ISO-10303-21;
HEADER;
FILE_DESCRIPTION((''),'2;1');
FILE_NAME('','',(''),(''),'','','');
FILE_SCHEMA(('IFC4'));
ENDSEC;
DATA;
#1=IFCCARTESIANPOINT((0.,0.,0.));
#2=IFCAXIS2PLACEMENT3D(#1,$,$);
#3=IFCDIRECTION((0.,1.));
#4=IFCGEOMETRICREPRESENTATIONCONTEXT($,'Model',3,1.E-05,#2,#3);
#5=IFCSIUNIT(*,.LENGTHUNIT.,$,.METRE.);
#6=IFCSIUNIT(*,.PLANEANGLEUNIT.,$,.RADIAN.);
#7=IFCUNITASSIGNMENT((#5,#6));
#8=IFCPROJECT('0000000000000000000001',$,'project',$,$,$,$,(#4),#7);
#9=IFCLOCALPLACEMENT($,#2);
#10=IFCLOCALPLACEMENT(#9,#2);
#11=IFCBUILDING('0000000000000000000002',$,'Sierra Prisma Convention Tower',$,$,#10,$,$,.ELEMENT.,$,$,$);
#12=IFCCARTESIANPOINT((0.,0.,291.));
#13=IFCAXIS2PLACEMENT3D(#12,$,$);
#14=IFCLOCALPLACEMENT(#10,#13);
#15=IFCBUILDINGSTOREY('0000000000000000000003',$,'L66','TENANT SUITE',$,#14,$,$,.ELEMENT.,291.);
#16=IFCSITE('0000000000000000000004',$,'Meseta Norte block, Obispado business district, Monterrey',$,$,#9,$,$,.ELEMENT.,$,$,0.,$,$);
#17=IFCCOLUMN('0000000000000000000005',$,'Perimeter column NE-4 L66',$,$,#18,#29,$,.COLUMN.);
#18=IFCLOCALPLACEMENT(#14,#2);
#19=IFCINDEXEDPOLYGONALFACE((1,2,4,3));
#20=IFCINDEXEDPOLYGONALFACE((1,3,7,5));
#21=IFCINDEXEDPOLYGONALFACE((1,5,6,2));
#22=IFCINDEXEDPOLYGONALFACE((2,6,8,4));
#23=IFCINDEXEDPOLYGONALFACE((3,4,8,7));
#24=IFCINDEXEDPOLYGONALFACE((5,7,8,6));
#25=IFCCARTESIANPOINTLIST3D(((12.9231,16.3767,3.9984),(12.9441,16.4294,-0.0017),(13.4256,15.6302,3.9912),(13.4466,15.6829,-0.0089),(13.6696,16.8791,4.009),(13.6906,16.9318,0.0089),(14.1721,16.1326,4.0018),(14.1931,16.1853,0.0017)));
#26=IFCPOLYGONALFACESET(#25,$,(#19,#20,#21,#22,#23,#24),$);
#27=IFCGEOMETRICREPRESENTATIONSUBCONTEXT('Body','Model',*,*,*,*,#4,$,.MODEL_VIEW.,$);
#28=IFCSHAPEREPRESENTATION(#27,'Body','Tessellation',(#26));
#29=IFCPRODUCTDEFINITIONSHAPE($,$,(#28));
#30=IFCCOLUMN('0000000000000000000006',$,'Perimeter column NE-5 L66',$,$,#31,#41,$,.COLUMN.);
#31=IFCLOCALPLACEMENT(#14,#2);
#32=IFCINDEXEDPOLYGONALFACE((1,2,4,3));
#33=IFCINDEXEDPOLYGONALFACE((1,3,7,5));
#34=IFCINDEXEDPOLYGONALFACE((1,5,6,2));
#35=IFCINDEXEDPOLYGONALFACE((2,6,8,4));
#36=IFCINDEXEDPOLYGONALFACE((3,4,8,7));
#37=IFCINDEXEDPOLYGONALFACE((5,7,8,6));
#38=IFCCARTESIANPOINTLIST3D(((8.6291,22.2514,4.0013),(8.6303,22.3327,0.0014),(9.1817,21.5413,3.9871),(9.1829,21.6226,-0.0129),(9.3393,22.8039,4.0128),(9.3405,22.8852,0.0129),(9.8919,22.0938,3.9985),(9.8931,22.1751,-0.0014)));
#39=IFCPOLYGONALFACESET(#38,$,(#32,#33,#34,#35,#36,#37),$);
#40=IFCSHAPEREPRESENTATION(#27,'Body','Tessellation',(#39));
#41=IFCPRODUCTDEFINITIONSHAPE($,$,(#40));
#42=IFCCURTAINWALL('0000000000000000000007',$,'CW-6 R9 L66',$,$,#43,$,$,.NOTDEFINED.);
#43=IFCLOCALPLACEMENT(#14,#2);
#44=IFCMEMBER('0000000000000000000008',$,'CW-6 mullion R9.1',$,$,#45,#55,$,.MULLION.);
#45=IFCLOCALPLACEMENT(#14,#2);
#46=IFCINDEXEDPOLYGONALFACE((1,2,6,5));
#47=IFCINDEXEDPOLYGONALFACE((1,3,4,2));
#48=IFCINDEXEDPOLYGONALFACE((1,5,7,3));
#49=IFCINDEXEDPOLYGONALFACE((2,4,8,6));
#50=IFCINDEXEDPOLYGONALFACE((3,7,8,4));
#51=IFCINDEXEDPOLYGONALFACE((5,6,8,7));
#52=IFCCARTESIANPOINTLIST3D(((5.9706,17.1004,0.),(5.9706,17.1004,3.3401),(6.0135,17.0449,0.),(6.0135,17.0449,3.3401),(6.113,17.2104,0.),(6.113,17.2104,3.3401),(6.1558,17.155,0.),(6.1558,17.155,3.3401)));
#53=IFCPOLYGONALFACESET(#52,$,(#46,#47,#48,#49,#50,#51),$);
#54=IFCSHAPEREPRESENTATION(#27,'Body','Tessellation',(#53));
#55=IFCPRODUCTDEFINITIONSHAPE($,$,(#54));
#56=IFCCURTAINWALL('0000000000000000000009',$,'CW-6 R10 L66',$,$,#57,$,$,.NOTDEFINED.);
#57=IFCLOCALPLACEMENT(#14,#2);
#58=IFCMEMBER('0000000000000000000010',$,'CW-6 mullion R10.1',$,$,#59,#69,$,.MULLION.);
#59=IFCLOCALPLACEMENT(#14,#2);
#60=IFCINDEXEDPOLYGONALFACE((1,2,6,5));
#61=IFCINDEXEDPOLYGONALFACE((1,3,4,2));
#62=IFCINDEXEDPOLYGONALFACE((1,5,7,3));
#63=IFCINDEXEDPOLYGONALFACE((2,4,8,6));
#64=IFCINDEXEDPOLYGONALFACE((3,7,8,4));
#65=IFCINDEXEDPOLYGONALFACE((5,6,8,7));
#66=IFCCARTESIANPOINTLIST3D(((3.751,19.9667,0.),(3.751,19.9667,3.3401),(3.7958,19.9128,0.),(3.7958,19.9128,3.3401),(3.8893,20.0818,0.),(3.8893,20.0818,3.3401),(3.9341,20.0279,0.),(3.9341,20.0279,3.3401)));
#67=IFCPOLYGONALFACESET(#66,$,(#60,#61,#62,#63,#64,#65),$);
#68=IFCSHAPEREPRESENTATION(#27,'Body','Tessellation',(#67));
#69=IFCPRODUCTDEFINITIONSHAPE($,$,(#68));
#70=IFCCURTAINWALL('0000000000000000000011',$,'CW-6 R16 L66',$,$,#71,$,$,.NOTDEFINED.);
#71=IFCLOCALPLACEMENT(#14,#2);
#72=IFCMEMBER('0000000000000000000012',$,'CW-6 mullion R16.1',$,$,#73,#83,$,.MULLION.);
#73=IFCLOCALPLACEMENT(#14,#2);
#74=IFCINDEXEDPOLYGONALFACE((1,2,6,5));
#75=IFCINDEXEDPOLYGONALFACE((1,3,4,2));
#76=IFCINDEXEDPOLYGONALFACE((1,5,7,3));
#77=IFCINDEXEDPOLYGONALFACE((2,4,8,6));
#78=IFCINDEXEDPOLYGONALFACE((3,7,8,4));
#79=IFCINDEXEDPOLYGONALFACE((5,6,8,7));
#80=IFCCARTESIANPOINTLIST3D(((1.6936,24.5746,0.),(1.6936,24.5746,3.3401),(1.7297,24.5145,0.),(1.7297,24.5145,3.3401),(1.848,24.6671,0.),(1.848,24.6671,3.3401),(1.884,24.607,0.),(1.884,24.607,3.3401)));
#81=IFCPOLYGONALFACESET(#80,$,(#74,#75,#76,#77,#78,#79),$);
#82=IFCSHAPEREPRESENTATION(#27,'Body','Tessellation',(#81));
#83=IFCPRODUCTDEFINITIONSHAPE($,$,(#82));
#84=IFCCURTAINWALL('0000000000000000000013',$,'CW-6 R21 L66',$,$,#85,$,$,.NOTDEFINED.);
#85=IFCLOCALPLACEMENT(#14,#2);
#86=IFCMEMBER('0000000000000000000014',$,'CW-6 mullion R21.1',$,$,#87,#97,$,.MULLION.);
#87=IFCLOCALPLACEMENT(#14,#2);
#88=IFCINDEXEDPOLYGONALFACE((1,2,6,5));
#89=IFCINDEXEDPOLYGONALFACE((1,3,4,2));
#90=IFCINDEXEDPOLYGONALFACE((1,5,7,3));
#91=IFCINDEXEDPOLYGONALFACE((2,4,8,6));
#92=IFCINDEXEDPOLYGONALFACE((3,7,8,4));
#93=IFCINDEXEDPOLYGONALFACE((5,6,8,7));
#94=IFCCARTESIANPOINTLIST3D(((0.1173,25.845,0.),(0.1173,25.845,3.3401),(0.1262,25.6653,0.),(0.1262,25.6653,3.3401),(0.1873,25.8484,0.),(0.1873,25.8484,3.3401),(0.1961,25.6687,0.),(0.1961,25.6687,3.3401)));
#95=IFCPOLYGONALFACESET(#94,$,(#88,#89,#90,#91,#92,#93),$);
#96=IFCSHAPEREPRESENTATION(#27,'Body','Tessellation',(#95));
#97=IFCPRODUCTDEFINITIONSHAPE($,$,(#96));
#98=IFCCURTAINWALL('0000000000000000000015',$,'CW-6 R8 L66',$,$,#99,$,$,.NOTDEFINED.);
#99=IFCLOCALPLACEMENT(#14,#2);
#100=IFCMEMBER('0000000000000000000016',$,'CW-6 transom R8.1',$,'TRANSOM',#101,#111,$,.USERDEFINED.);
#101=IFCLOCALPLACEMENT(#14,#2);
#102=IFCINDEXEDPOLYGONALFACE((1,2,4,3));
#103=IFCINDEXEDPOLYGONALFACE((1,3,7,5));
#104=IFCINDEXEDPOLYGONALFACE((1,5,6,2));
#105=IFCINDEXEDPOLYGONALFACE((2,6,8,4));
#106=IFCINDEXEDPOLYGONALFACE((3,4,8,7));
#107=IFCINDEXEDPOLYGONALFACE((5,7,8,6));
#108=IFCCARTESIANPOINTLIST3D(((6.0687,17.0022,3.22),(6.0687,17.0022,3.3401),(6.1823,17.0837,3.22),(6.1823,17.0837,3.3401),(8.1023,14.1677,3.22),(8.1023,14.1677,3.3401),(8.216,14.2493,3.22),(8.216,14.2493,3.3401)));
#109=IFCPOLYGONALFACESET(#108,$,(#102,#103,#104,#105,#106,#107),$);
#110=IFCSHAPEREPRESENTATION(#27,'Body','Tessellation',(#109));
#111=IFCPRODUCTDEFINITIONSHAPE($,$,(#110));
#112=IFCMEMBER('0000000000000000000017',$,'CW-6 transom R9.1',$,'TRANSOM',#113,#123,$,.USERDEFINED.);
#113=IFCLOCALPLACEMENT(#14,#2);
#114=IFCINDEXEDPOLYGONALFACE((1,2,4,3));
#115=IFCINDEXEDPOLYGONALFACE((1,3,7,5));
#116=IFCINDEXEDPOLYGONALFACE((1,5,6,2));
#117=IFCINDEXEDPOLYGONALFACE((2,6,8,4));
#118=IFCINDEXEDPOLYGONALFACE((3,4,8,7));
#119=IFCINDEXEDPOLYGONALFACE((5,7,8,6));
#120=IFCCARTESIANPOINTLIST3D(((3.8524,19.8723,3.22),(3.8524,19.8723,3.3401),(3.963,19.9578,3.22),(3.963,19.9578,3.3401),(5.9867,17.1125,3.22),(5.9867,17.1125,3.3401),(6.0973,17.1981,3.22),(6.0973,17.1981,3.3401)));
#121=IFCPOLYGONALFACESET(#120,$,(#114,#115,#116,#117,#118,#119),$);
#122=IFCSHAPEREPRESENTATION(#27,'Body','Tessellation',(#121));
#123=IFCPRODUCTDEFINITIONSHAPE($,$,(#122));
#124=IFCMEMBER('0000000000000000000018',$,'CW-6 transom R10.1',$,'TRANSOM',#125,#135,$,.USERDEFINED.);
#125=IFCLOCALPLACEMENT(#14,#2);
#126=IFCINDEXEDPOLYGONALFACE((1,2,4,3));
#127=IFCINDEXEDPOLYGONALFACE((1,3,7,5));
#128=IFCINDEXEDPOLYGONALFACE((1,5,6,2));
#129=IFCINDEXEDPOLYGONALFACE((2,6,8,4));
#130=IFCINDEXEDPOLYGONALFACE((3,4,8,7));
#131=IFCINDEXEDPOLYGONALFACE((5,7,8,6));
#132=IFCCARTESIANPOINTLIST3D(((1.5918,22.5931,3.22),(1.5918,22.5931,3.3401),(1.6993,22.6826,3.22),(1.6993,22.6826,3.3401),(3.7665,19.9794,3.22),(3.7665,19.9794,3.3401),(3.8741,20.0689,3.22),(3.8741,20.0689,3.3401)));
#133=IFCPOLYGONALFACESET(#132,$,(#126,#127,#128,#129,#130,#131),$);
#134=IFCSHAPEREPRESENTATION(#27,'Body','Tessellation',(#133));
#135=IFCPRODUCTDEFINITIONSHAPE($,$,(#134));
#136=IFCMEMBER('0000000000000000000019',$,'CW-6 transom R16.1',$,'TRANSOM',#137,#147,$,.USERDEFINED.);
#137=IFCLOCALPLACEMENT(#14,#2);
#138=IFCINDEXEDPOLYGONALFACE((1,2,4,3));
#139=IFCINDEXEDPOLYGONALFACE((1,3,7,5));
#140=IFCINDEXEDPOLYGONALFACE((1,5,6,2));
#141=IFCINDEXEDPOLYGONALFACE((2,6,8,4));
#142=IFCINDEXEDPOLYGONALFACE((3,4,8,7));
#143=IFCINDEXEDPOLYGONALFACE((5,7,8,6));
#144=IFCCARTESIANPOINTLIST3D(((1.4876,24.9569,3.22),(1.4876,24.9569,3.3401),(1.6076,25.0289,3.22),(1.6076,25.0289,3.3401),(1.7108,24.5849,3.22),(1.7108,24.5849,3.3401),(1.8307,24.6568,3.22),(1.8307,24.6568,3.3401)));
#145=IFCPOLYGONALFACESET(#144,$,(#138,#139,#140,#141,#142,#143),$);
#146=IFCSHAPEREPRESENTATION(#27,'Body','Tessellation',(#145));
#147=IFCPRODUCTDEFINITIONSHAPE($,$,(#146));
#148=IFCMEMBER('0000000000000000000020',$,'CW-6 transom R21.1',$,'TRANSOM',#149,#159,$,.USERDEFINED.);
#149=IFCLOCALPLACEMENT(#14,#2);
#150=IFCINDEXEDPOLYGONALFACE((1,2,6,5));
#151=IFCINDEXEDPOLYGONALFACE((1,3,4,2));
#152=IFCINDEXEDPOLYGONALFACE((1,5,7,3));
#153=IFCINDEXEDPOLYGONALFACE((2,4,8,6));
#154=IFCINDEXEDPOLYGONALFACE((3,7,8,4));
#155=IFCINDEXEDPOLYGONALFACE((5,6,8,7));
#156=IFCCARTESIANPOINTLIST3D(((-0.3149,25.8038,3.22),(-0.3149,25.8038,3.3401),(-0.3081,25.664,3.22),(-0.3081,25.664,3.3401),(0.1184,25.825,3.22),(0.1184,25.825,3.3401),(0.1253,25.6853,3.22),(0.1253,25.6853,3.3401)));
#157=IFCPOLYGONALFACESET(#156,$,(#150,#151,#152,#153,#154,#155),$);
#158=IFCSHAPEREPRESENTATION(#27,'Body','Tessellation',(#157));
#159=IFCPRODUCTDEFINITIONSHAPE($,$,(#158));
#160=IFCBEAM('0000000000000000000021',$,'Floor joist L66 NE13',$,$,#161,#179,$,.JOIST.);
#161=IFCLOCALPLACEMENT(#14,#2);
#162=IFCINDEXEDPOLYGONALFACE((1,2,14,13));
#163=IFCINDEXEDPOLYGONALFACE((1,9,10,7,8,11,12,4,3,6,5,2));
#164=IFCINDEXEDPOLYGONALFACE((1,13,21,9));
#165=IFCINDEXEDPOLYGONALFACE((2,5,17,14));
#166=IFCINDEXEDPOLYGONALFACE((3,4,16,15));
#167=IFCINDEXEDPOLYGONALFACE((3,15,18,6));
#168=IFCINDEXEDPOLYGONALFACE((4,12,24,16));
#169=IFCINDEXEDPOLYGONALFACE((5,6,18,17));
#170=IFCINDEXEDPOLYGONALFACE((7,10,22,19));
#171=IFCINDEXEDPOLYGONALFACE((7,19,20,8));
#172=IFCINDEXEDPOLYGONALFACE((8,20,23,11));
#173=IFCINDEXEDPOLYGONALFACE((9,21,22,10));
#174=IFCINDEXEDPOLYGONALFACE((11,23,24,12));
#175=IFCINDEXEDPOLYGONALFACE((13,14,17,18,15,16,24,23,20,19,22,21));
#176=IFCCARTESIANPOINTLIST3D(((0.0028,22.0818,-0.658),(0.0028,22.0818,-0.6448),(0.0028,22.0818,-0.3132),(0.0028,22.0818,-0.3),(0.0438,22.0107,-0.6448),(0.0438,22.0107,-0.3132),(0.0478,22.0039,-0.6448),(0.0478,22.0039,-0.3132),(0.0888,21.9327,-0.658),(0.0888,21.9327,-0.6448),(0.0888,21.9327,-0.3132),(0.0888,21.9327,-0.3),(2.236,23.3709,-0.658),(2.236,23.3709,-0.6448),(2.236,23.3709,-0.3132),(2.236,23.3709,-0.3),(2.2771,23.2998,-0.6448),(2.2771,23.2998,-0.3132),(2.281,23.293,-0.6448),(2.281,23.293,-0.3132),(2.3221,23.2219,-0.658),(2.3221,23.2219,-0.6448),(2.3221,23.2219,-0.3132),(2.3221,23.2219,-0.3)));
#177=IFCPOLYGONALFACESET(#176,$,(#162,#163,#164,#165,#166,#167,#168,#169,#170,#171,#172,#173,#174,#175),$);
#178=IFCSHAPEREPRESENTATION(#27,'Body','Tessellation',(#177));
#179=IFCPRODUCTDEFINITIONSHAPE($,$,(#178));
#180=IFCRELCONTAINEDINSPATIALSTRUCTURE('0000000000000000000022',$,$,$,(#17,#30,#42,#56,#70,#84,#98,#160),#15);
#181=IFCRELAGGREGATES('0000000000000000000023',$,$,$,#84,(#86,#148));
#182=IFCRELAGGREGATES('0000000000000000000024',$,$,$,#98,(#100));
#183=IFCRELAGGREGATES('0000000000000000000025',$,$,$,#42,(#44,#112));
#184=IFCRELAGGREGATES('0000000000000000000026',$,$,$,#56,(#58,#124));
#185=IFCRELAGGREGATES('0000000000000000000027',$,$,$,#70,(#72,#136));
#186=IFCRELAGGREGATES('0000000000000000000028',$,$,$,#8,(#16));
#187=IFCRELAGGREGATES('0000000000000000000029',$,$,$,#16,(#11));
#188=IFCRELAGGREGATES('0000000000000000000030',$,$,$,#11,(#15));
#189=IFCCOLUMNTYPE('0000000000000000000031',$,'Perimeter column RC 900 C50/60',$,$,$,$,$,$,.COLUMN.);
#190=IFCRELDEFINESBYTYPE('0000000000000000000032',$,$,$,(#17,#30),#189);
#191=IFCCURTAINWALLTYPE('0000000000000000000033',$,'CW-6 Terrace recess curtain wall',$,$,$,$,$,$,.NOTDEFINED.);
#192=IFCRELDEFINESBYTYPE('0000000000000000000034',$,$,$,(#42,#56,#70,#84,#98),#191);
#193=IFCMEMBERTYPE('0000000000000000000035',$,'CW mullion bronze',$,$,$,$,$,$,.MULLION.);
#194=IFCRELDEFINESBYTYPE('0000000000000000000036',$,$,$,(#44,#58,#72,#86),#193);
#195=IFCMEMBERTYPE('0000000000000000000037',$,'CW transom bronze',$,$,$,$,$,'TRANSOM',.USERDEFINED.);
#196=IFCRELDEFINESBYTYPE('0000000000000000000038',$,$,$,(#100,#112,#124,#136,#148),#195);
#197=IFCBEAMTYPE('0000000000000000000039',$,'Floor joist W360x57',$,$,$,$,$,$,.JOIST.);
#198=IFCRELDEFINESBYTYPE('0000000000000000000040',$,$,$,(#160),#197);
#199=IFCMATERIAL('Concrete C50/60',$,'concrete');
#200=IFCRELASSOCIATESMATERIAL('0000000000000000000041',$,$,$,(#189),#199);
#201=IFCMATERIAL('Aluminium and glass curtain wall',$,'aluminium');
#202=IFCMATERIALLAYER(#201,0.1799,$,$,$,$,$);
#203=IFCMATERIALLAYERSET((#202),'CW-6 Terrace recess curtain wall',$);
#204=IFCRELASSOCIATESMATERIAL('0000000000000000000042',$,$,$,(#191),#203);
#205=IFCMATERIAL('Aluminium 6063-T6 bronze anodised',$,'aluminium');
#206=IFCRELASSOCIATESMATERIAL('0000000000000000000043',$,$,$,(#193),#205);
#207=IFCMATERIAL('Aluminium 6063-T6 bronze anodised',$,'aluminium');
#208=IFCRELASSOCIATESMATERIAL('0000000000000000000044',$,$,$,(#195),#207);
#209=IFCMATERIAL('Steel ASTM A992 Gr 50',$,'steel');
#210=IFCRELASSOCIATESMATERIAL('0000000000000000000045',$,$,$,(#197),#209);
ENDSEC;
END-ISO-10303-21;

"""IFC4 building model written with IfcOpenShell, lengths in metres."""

from ifc_helpers import new_model, si_unit, direction, frame, origin, origin_2d, place, context, subcontext, project, spatial, rectangle, i_section, extrude, material, layer, layer_set, material_profile, profile_set, type_object, element, aggregate, save


model = new_model("IFC4")

# Units and contexts
model_context = context("Model", 3, precision=1e-05, world=origin(), true_north=direction((0.0, 1.0)))
body_context = subcontext(model_context, "Body", "Model", "MODEL_VIEW")
ifc_project = project(units=[si_unit("LENGTHUNIT", "METRE"), si_unit("PLANEANGLEUNIT", "RADIAN")], contexts=[model_context])

# Site, building, storey
site_placement = place(None, origin())
site = spatial("IfcSite", under=ifc_project, at=site_placement, Name="Meseta Norte block, Obispado business district, Monterrey", CompositionType="ELEMENT", RefElevation=0.0)
building_placement = place(site_placement, origin())
building = spatial("IfcBuilding", under=site, at=building_placement, Name="Sierra Prisma Convention Tower", CompositionType="ELEMENT")
storey_placement = place(building_placement, frame((0.0, 0.0, 291.0)))
storey = spatial("IfcBuildingStorey", under=building, at=storey_placement, Name="L66", Description="TENANT SUITE", CompositionType="ELEMENT", Elevation=291.0)

# Columns
ifc_material_1 = material(Name="Concrete C50/60", Category="concrete")
ifc_material_profile_1 = material_profile(ifc_material_1, rectangle(XDim=0.8999, YDim=0.8999, at=origin_2d()), Name="Perimeter column RC 900 C50/60")
ifc_profile_set_1 = profile_set([ifc_material_profile_1], Name="Concrete C50/60")
column_type = type_object("IfcColumnType", Name="Perimeter column RC 900 C50/60", PredefinedType="COLUMN", material=ifc_profile_set_1)
column_1_placement = place(storey_placement, frame((13.5686, 16.3074, 0.0), z_axis=(-0.005248, -0.013182, 0.999899), x_axis=(-0.558367, 0.829555, 0.008006)))
element("IfcColumn", 1, at=column_1_placement, inside=storey, type_object=column_type, Name="Perimeter column NE-4 L66", PredefinedType="COLUMN", context=body_context, shape_type="SweptSolid", body=[
    extrude(rectangle(XDim=0.8999, YDim=0.8999, at=origin_2d()), origin(), (0.0, 0.0, 1.0), 4.0005),
])
column_2_placement = place(storey_placement, frame((9.2617, 22.2539, 0.0), z_axis=(-0.000305, -0.020321, 0.999793), x_axis=(-0.614107, 0.789063, 0.01585)))
element("IfcColumn", 2, at=column_2_placement, inside=storey, type_object=column_type, Name="Perimeter column NE-5 L66", PredefinedType="COLUMN", context=body_context, shape_type="SweptSolid", body=[
    extrude(rectangle(XDim=0.8999, YDim=0.8999, at=origin_2d()), origin(), (0.0, 0.0, 1.0), 4.0007),
])

# Curtain walls, members
ifc_material_2 = material(Name="Aluminium and glass curtain wall", Category="aluminium")
ifc_layer_1 = layer(ifc_material_2, 0.1799)
ifc_layer_set_1 = layer_set([ifc_layer_1], Name="CW-6 Terrace recess curtain wall")
curtain_wall_type = type_object("IfcCurtainWallType", Name="CW-6 Terrace recess curtain wall", PredefinedType="NOTDEFINED", material=ifc_layer_set_1)
curtain_wall_1_placement = place(storey_placement, origin())
curtain_wall_1 = element("IfcCurtainWall", 3, at=curtain_wall_1_placement, inside=storey, type_object=curtain_wall_type, Name="CW-6 R9 L66", PredefinedType="NOTDEFINED")
ifc_material_3 = material(Name="Aluminium 6063-T6 bronze anodised", Category="aluminium")
ifc_material_profile_2 = material_profile(ifc_material_3, rectangle(XDim=0.1799, YDim=0.0701, at=origin_2d()), Name="ALU MULLION 70x180")
ifc_profile_set_2 = profile_set([ifc_material_profile_2], Name="Aluminium 6063-T6 bronze anodised")
member_type_1 = type_object("IfcMemberType", Name="CW mullion bronze", PredefinedType="MULLION", material=ifc_profile_set_2)
member_1_placement = place(storey_placement, frame((6.0632, 17.1277, 0.0), z_axis=(0.0, 0.0, 1.0), x_axis=(-0.791057, -0.611743, 0.0)))
member_1 = element("IfcMember", 4, at=member_1_placement, type_object=member_type_1, Name="CW-6 mullion R9.1", PredefinedType="MULLION", context=body_context, shape_type="SweptSolid", body=[
    extrude(rectangle(XDim=0.1799, YDim=0.0701, at=origin_2d()), origin(), (0.0, 0.0, 1.0), 3.3401),
])
curtain_wall_2_placement = place(storey_placement, origin())
curtain_wall_2 = element("IfcCurtainWall", 5, at=curtain_wall_2_placement, inside=storey, type_object=curtain_wall_type, Name="CW-6 R10 L66", PredefinedType="NOTDEFINED")
member_2_placement = place(storey_placement, frame((3.8425, 19.9973, 0.0), z_axis=(0.0, 0.0, 1.0), x_axis=(-0.768727, -0.639577, 0.0)))
member_2 = element("IfcMember", 6, at=member_2_placement, type_object=member_type_1, Name="CW-6 mullion R10.1", PredefinedType="MULLION", context=body_context, shape_type="SweptSolid", body=[
    extrude(rectangle(XDim=0.1799, YDim=0.0701, at=origin_2d()), origin(), (0.0, 0.0, 1.0), 3.3401),
])
curtain_wall_3_placement = place(storey_placement, origin())
curtain_wall_3 = element("IfcCurtainWall", 7, at=curtain_wall_3_placement, inside=storey, type_object=curtain_wall_type, Name="CW-6 R16 L66", PredefinedType="NOTDEFINED")
member_3_placement = place(storey_placement, frame((1.7888, 24.5908, 0.0), z_axis=(0.0, 0.0, 1.0), x_axis=(-0.857729, -0.514103, 0.0)))
member_3 = element("IfcMember", 8, at=member_3_placement, type_object=member_type_1, Name="CW-6 mullion R16.1", PredefinedType="MULLION", context=body_context, shape_type="SweptSolid", body=[
    extrude(rectangle(XDim=0.1799, YDim=0.0701, at=origin_2d()), origin(), (0.0, 0.0, 1.0), 3.3401),
])
curtain_wall_4_placement = place(storey_placement, origin())
curtain_wall_4 = element("IfcCurtainWall", 9, at=curtain_wall_4_placement, inside=storey, type_object=curtain_wall_type, Name="CW-6 R21 L66", PredefinedType="NOTDEFINED")
member_4_placement = place(storey_placement, frame((0.1567, 25.7568, 0.0), z_axis=(0.0, 0.0, 1.0), x_axis=(0.049068, -0.998795, 0.0)))
member_4 = element("IfcMember", 10, at=member_4_placement, type_object=member_type_1, Name="CW-6 mullion R21.1", PredefinedType="MULLION", context=body_context, shape_type="SweptSolid", body=[
    extrude(rectangle(XDim=0.1799, YDim=0.0701, at=origin_2d()), origin(), (0.0, 0.0, 1.0), 3.3401),
])
curtain_wall_5_placement = place(storey_placement, origin())
curtain_wall_5 = element("IfcCurtainWall", 11, at=curtain_wall_5_placement, inside=storey, type_object=curtain_wall_type, Name="CW-6 R8 L66", PredefinedType="NOTDEFINED")
ifc_material_4 = material(Name="Aluminium 6063-T6 bronze anodised", Category="aluminium")
ifc_material_profile_3 = material_profile(ifc_material_4, rectangle(XDim=0.1399, YDim=0.1201, at=origin_2d()), Name="ALU TRANSOM 120x140")
ifc_profile_set_3 = profile_set([ifc_material_profile_3], Name="Aluminium 6063-T6 bronze anodised")
member_type_2 = type_object("IfcMemberType", Name="CW transom bronze", ElementType="TRANSOM", PredefinedType="USERDEFINED", material=ifc_profile_set_3)
member_5_placement = place(storey_placement, frame((8.1592, 14.2085, 3.28), z_axis=(-0.582958, 0.812502, 0.0), x_axis=(-0.812502, -0.582958, 0.0)))
member_5 = element("IfcMember", 12, at=member_5_placement, type_object=member_type_2, Name="CW-6 transom R8.1", ObjectType="TRANSOM", PredefinedType="USERDEFINED", context=body_context, shape_type="SweptSolid", body=[
    extrude(rectangle(XDim=0.1399, YDim=0.1201, at=origin_2d()), origin(), (0.0, 0.0, 1.0), 3.4885),
])

# Members
member_6_placement = place(storey_placement, frame((6.042, 17.1553, 3.28), z_axis=(-0.611758, 0.791045, 0.0), x_axis=(-0.791045, -0.611758, 0.0)))
member_6 = element("IfcMember", 13, at=member_6_placement, type_object=member_type_2, Name="CW-6 transom R9.1", ObjectType="TRANSOM", PredefinedType="USERDEFINED", context=body_context, shape_type="SweptSolid", body=[
    extrude(rectangle(XDim=0.1399, YDim=0.1201, at=origin_2d()), origin(), (0.0, 0.0, 1.0), 3.4888),
])
member_7_placement = place(storey_placement, frame((3.8203, 20.0242, 3.28), z_axis=(-0.639605, 0.768704, 0.0), x_axis=(-0.768704, -0.639605, 0.0)))
member_7 = element("IfcMember", 14, at=member_7_placement, type_object=member_type_2, Name="CW-6 transom R10.1", ObjectType="TRANSOM", PredefinedType="USERDEFINED", context=body_context, shape_type="SweptSolid", body=[
    extrude(rectangle(XDim=0.1399, YDim=0.1201, at=origin_2d()), origin(), (0.0, 0.0, 1.0), 3.4001),
])
member_8_placement = place(storey_placement, frame((1.7708, 24.6208, 3.28), z_axis=(-0.51433, 0.857592, 0.0), x_axis=(-0.857592, -0.51433, 0.0)))
member_8 = element("IfcMember", 15, at=member_8_placement, type_object=member_type_2, Name="CW-6 transom R16.1", ObjectType="TRANSOM", PredefinedType="USERDEFINED", context=body_context, shape_type="SweptSolid", body=[
    extrude(rectangle(XDim=0.1399, YDim=0.1201, at=origin_2d()), origin(), (0.0, 0.0, 1.0), 0.4338),
])
member_9_placement = place(storey_placement, frame((0.1218, 25.7551, 3.28), z_axis=(-0.998801, -0.048955, 0.0), x_axis=(0.048955, -0.998801, 0.0)))
member_9 = element("IfcMember", 16, at=member_9_placement, type_object=member_type_2, Name="CW-6 transom R21.1", ObjectType="TRANSOM", PredefinedType="USERDEFINED", context=body_context, shape_type="SweptSolid", body=[
    extrude(rectangle(XDim=0.1399, YDim=0.1201, at=origin_2d()), origin(), (0.0, 0.0, 1.0), 0.4338),
])
aggregate(curtain_wall_4, [member_4, member_9])

# Beam
ifc_material_5 = material(Name="Steel ASTM A992 Gr 50", Category="steel")
ifc_material_profile_4 = material_profile(ifc_material_5, i_section(OverallWidth=0.1721, OverallDepth=0.3579, WebThickness=0.0078, FlangeThickness=0.0132, at=origin_2d()), Name="W360x57")
ifc_profile_set_4 = profile_set([ifc_material_profile_4], Name="Steel ASTM A992 Gr 50")
beam_type_1 = type_object("IfcBeamType", Name="Floor joist W360x57", PredefinedType="JOIST", material=ifc_profile_set_4)
beam_1_placement = place(storey_placement, frame((2.2791, 23.2964, -0.479), z_axis=(-0.866067, -0.499927, 0.0), x_axis=(0.499927, -0.866067, 0.0)))
element("IfcBeam", 17, at=beam_1_placement, inside=storey, type_object=beam_type_1, Name="Floor joist L66 NE13", PredefinedType="JOIST", context=body_context, shape_type="SweptSolid", body=[
    extrude(i_section(OverallWidth=0.1721, OverallDepth=0.3579, WebThickness=0.0078, FlangeThickness=0.0132, at=origin_2d()), origin(), (0.0, 0.0, 1.0), 2.5786),
])

aggregate(curtain_wall_5, [member_5])
aggregate(curtain_wall_1, [member_1, member_6])
aggregate(curtain_wall_2, [member_2, member_7])
aggregate(curtain_wall_3, [member_3, member_8])

save(model, "model.ifc")
